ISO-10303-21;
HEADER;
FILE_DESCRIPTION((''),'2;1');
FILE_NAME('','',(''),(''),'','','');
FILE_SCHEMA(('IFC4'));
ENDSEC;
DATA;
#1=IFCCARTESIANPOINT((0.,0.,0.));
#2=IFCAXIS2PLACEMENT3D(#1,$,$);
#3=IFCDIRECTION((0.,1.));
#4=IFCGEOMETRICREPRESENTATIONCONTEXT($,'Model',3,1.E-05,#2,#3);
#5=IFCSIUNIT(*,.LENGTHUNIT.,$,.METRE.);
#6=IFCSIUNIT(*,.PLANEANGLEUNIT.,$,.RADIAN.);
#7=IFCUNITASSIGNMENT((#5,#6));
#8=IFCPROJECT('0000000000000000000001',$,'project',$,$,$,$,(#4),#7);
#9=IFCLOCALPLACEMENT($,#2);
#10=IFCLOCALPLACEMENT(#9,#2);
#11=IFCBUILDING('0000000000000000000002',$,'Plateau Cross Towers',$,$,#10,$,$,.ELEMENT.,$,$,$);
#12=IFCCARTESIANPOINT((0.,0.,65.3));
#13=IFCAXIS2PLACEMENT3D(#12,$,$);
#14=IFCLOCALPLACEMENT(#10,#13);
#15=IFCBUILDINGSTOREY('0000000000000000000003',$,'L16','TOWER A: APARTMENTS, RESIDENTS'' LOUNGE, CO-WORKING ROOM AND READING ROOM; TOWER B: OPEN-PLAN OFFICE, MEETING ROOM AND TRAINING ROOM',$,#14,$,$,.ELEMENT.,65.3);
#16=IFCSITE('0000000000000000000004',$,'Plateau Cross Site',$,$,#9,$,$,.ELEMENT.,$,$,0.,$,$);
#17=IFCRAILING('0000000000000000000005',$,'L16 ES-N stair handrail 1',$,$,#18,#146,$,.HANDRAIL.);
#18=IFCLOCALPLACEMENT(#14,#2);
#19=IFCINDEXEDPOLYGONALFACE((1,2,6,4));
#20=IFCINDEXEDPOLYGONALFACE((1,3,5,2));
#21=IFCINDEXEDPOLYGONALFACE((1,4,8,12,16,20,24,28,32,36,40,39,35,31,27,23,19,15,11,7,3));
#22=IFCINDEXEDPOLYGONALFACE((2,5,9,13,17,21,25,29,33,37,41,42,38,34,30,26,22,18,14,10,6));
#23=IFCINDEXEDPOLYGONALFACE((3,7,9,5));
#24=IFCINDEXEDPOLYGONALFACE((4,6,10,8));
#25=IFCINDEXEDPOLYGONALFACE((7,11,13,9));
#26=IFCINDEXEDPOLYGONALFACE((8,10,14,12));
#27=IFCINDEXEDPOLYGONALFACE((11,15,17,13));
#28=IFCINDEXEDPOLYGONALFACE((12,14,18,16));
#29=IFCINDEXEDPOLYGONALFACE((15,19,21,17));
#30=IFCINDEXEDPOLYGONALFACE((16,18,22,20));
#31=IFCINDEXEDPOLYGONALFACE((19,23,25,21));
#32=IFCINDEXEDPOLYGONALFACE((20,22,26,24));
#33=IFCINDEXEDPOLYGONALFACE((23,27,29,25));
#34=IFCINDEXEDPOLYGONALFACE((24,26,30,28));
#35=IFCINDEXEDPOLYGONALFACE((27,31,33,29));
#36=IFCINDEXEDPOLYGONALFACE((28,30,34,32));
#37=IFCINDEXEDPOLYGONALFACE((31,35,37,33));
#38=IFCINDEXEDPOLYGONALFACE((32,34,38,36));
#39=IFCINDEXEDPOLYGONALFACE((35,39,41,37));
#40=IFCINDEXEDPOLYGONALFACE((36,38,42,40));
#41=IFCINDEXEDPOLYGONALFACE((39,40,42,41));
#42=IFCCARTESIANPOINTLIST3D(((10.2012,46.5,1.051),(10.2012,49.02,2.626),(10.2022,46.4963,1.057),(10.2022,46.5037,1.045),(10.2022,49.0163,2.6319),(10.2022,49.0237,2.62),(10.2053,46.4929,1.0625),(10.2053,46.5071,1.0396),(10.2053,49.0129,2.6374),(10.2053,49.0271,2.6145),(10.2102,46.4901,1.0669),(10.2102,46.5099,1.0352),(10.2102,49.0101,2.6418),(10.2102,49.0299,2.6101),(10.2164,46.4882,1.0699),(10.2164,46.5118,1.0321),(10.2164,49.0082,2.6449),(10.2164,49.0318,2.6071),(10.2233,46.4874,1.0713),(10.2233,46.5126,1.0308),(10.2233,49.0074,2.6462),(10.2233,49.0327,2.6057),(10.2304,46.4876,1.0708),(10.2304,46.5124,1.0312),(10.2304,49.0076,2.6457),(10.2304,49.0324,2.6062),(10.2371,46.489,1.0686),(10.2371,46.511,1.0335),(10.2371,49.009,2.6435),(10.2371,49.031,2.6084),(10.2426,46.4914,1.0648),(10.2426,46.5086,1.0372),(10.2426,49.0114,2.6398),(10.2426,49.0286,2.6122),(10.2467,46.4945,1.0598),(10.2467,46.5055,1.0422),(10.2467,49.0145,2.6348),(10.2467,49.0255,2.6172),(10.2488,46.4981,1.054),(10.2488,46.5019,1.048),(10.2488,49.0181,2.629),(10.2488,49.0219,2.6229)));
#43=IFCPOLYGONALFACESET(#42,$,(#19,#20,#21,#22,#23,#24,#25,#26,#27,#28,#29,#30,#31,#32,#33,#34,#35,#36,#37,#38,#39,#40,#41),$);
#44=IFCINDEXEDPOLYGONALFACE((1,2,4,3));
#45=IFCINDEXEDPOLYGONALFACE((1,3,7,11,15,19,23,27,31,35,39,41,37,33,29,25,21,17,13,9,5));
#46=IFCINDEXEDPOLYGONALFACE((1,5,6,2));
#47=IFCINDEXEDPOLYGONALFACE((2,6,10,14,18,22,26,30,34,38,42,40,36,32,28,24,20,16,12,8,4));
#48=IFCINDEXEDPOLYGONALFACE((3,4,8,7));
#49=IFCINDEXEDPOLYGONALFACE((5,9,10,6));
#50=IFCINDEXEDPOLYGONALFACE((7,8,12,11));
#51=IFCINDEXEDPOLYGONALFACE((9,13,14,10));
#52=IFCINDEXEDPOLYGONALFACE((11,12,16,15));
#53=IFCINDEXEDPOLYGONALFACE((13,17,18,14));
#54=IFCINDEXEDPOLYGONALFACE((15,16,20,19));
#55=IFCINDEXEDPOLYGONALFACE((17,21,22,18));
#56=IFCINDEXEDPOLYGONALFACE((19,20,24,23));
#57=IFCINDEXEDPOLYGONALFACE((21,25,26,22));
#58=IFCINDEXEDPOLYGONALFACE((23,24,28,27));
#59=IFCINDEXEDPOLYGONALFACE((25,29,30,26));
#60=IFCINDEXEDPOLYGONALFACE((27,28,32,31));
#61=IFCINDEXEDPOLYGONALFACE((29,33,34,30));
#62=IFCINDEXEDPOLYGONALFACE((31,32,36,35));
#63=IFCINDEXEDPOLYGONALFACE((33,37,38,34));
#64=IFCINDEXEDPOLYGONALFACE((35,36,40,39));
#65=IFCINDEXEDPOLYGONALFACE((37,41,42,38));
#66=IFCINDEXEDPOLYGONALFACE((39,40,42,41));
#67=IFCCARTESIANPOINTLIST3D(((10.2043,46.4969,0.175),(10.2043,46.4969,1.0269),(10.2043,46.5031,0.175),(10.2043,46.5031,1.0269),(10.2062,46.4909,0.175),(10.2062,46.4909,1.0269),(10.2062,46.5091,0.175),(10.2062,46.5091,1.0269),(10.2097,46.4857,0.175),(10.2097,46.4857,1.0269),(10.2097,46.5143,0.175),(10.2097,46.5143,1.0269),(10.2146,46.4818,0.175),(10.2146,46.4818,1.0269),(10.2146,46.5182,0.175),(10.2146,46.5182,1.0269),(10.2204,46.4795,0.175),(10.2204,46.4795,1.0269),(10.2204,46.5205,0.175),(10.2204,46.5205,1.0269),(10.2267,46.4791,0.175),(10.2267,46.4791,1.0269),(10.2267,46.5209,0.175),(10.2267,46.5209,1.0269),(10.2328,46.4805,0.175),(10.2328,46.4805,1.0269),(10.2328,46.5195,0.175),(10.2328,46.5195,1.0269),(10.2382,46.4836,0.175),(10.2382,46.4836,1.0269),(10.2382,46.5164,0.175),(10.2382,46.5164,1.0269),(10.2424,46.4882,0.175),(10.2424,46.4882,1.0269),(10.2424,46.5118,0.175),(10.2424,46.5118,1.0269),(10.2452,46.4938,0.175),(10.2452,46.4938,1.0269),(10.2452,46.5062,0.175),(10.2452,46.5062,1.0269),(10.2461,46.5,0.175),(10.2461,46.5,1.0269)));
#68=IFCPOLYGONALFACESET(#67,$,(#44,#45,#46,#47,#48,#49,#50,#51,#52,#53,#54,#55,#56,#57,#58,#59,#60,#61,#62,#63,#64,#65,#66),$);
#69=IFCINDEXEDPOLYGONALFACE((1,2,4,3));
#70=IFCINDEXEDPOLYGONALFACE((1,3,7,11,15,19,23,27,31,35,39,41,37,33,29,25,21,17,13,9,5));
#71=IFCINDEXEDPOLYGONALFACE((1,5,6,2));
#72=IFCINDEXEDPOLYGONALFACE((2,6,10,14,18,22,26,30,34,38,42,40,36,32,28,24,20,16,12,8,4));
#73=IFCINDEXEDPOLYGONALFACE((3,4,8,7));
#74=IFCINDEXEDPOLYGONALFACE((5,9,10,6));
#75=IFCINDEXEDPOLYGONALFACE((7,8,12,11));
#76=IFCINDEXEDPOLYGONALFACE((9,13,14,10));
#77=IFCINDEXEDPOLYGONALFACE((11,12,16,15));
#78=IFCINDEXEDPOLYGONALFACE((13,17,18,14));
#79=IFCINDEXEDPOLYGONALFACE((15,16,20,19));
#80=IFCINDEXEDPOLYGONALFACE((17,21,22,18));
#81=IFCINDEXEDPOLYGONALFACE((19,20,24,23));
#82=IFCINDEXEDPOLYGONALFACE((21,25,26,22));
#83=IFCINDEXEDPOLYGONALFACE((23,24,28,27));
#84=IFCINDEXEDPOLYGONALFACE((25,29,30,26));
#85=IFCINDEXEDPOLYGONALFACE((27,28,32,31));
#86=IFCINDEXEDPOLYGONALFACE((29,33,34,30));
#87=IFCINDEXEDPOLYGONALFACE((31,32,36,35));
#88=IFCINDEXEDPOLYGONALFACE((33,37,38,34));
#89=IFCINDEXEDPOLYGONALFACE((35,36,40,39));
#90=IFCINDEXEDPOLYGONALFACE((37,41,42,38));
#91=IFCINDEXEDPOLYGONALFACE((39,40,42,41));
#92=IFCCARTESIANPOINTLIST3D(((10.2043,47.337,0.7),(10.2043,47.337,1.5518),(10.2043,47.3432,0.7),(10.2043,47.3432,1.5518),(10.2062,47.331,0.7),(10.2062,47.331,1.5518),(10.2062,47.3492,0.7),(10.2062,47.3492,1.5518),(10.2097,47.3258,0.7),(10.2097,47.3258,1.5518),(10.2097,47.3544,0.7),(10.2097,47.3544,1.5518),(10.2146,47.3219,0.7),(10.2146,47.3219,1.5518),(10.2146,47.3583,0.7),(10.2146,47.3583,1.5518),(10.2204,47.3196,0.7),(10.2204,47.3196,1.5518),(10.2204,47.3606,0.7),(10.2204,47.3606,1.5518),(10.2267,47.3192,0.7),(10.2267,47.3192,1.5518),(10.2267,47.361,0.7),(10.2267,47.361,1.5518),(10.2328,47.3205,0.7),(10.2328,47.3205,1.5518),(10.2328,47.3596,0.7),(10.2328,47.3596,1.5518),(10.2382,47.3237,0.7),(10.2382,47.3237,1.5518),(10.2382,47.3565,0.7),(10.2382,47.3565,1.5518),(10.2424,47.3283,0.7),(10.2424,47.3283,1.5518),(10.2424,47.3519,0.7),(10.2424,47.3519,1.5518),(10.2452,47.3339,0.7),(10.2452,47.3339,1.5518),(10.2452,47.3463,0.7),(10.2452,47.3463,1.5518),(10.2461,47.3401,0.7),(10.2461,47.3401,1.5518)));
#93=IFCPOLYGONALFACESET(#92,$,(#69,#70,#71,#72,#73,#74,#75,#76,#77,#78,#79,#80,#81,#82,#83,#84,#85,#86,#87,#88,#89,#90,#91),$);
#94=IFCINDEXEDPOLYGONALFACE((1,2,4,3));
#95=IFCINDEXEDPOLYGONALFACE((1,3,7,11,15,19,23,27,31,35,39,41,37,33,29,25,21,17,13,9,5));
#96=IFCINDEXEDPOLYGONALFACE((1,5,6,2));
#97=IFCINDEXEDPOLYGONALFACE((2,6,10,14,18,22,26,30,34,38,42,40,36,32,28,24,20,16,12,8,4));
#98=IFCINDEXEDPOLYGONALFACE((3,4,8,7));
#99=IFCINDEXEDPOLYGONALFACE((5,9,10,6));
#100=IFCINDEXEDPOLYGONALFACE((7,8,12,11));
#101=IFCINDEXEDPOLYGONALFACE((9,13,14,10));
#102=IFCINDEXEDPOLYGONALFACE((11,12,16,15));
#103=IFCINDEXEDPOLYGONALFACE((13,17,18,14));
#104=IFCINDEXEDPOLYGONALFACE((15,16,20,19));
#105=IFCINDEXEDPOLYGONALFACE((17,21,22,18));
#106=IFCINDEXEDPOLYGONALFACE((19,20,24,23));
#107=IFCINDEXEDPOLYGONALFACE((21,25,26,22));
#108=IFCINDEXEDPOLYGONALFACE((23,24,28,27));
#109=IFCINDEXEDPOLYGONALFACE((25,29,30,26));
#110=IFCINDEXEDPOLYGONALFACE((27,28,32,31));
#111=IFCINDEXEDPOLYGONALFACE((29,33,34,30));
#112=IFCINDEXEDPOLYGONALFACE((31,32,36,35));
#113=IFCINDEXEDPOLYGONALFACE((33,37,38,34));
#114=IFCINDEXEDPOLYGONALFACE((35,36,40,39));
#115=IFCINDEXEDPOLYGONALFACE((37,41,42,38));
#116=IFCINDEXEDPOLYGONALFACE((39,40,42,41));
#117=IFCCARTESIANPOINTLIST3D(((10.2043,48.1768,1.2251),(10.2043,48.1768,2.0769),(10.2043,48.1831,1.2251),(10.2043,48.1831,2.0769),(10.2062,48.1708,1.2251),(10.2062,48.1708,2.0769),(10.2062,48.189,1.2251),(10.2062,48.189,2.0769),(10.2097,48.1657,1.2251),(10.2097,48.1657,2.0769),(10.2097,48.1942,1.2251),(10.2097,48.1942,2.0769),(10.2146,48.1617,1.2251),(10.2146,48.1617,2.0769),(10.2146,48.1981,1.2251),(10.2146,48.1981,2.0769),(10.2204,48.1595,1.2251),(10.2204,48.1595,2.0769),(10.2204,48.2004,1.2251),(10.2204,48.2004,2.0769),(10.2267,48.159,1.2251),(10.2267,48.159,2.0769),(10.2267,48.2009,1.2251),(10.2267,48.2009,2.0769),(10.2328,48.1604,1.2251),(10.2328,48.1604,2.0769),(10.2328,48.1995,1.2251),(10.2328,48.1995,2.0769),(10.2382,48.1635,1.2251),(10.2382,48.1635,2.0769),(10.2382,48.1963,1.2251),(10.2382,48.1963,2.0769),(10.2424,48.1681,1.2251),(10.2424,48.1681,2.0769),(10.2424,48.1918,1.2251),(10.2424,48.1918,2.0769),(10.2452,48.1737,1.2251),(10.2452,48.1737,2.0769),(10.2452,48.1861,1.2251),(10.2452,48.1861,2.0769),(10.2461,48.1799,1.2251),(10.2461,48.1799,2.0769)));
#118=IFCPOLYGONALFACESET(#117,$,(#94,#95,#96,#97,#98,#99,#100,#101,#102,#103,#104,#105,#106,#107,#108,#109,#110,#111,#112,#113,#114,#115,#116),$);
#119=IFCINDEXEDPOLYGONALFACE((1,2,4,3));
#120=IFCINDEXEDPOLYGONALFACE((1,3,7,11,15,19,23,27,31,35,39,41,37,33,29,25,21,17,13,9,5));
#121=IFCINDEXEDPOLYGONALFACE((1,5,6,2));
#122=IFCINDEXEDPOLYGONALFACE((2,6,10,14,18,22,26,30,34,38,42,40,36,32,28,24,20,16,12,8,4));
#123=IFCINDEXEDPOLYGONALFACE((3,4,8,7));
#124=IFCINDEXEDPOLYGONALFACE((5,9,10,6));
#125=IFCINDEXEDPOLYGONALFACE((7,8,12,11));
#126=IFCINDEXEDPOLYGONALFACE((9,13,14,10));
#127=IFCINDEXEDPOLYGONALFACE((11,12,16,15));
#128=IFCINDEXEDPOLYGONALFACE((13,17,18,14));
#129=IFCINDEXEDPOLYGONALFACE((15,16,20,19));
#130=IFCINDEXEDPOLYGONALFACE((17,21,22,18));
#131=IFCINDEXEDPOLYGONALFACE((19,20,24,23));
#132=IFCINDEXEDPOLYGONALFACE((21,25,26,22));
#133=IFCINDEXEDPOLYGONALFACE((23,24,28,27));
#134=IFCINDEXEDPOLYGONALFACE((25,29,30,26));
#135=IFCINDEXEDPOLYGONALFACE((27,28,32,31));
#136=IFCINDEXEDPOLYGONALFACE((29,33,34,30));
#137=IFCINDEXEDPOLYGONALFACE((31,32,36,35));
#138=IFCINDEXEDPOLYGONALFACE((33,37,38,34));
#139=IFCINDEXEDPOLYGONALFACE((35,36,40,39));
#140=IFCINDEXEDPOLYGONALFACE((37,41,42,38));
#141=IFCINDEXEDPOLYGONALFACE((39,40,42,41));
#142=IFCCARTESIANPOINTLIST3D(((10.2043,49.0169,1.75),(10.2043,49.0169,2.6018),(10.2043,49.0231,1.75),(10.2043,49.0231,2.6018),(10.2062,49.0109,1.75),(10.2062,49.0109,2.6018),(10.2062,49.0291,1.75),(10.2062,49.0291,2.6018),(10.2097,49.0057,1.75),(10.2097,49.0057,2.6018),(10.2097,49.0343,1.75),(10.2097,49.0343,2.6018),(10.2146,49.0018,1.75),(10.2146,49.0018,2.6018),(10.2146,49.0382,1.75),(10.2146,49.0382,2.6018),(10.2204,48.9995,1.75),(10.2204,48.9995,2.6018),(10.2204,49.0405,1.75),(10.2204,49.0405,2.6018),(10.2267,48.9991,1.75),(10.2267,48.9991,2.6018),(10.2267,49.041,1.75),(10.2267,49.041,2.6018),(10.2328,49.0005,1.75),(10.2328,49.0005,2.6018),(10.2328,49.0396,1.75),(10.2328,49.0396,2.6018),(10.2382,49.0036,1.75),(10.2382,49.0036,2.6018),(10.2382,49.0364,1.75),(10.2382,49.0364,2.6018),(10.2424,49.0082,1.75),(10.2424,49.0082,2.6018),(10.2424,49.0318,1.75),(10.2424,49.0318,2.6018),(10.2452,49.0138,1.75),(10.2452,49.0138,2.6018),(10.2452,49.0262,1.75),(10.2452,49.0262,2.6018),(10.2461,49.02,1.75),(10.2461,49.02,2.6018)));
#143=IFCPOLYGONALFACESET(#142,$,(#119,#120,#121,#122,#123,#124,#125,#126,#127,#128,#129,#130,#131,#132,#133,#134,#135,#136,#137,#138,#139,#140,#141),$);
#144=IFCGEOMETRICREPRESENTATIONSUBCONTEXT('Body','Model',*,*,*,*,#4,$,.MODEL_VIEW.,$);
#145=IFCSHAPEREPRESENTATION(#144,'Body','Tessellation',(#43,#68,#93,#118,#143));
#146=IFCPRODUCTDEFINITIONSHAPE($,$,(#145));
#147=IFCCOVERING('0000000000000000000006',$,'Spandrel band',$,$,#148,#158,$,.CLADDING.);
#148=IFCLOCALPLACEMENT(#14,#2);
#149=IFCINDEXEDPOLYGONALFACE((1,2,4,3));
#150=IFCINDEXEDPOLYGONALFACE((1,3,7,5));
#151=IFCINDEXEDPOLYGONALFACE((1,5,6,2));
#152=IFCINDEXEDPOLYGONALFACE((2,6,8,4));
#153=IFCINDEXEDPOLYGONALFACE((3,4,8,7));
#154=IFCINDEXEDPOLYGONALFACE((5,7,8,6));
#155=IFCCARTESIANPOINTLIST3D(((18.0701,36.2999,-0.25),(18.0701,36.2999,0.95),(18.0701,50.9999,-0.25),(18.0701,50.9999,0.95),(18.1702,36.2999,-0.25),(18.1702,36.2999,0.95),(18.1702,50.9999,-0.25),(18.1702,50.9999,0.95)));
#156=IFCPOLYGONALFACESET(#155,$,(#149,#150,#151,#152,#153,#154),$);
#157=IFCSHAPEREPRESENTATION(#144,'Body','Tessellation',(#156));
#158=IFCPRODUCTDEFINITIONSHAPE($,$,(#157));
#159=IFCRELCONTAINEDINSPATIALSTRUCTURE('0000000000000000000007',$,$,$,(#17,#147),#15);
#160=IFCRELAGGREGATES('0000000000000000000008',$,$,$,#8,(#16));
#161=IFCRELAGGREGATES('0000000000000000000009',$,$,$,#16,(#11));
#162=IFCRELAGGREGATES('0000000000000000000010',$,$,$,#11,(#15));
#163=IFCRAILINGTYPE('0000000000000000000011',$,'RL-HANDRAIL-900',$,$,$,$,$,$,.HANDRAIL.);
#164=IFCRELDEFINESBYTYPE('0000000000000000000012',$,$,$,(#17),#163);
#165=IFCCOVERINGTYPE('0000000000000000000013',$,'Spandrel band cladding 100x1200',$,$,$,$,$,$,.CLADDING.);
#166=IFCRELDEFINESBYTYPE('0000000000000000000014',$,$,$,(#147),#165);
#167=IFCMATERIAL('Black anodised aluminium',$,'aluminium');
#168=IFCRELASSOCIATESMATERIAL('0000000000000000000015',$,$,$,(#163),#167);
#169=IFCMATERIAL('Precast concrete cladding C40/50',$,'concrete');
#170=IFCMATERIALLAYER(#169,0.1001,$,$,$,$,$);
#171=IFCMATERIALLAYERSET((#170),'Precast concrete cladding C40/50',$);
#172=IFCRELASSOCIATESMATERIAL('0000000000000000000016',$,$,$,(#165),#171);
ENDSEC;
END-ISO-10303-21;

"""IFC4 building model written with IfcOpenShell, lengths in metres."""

from ifc_helpers import new_model, si_unit, direction, frame, origin, origin_2d, place, context, subcontext, project, spatial, rectangle, circle, extrude, material, layer, layer_set, type_object, element, save


model = new_model("IFC4")

# Units and contexts
model_context = context("Model", 3, precision=1e-05, world=origin(), true_north=direction((0.0, 1.0)))
body_context = subcontext(model_context, "Body", "Model", "MODEL_VIEW")
ifc_project = project(units=[si_unit("LENGTHUNIT", "METRE"), si_unit("PLANEANGLEUNIT", "RADIAN")], contexts=[model_context])

# Site, building, storey
site_placement = place(None, origin())
site = spatial("IfcSite", under=ifc_project, at=site_placement, Name="Plateau Cross Site", CompositionType="ELEMENT", RefElevation=0.0)
building_placement = place(site_placement, origin())
building = spatial("IfcBuilding", under=site, at=building_placement, Name="Plateau Cross Towers", CompositionType="ELEMENT")
storey_placement = place(building_placement, frame((0.0, 0.0, 65.3)))
storey = spatial("IfcBuildingStorey", under=building, at=storey_placement, Name="L16", Description="TOWER A: APARTMENTS, RESIDENTS' LOUNGE, CO-WORKING ROOM AND READING ROOM; TOWER B: OPEN-PLAN OFFICE, MEETING ROOM AND TRAINING ROOM", CompositionType="ELEMENT", Elevation=65.3)

# Shared definitions
ifc_material_1 = material(Name="Black anodised aluminium", Category="aluminium")

# Railing
railing_type_1 = type_object("IfcRailingType", Name="RL-HANDRAIL-900", PredefinedType="HANDRAIL", material=ifc_material_1)
railing_1_placement = place(storey_placement, frame((10.2251, 46.5, 0.175)))
element("IfcRailing", 1, at=railing_1_placement, inside=storey, type_object=railing_type_1, Name="L16 ES-N stair handrail 1", PredefinedType="HANDRAIL", context=body_context, shape_type="SweptSolid", body=[
    extrude(circle(Radius=0.0239, at=origin_2d()), frame((0.0, 0.0, 0.876), z_axis=(0.0, 0.848008, 0.529984), x_axis=(-1.0, 0.0, 0.0)), (0.0, 0.0, 1.0), 2.9717),
    extrude(circle(Radius=0.021, at=origin_2d()), origin(), (0.0, 0.0, 1.0), 0.8518),
    extrude(circle(Radius=0.021, at=origin_2d()), frame((0.0, 0.8401, 0.5249)), (0.0, 0.0, 1.0), 0.8518),
    extrude(circle(Radius=0.021, at=origin_2d()), frame((0.0, 1.6799, 1.05)), (0.0, 0.0, 1.0), 0.8518),
    extrude(circle(Radius=0.021, at=origin_2d()), frame((0.0, 2.52, 1.575)), (0.0, 0.0, 1.0), 0.8518),
])

# Covering
ifc_material_2 = material(Name="Precast concrete cladding C40/50", Category="concrete")
ifc_layer_1 = layer(ifc_material_2, 0.1001)
ifc_layer_set_1 = layer_set([ifc_layer_1], Name="Precast concrete cladding C40/50")
covering_type = type_object("IfcCoveringType", Name="Spandrel band cladding 100x1200", PredefinedType="CLADDING", material=ifc_layer_set_1)
covering_placement = place(storey_placement, frame((18.1201, 43.6499, -0.25), z_axis=(0.0, 0.0, 1.0), x_axis=(0.0, 1.0, 0.0)))
element("IfcCovering", 2, at=covering_placement, inside=storey, type_object=covering_type, Name="Spandrel band", PredefinedType="CLADDING", context=body_context, shape_type="SweptSolid", body=[
    extrude(rectangle(XDim=14.7, YDim=0.1001, at=origin_2d()), origin(), (0.0, 0.0, 1.0), 1.2),
])

save(model, "model.ifc")
